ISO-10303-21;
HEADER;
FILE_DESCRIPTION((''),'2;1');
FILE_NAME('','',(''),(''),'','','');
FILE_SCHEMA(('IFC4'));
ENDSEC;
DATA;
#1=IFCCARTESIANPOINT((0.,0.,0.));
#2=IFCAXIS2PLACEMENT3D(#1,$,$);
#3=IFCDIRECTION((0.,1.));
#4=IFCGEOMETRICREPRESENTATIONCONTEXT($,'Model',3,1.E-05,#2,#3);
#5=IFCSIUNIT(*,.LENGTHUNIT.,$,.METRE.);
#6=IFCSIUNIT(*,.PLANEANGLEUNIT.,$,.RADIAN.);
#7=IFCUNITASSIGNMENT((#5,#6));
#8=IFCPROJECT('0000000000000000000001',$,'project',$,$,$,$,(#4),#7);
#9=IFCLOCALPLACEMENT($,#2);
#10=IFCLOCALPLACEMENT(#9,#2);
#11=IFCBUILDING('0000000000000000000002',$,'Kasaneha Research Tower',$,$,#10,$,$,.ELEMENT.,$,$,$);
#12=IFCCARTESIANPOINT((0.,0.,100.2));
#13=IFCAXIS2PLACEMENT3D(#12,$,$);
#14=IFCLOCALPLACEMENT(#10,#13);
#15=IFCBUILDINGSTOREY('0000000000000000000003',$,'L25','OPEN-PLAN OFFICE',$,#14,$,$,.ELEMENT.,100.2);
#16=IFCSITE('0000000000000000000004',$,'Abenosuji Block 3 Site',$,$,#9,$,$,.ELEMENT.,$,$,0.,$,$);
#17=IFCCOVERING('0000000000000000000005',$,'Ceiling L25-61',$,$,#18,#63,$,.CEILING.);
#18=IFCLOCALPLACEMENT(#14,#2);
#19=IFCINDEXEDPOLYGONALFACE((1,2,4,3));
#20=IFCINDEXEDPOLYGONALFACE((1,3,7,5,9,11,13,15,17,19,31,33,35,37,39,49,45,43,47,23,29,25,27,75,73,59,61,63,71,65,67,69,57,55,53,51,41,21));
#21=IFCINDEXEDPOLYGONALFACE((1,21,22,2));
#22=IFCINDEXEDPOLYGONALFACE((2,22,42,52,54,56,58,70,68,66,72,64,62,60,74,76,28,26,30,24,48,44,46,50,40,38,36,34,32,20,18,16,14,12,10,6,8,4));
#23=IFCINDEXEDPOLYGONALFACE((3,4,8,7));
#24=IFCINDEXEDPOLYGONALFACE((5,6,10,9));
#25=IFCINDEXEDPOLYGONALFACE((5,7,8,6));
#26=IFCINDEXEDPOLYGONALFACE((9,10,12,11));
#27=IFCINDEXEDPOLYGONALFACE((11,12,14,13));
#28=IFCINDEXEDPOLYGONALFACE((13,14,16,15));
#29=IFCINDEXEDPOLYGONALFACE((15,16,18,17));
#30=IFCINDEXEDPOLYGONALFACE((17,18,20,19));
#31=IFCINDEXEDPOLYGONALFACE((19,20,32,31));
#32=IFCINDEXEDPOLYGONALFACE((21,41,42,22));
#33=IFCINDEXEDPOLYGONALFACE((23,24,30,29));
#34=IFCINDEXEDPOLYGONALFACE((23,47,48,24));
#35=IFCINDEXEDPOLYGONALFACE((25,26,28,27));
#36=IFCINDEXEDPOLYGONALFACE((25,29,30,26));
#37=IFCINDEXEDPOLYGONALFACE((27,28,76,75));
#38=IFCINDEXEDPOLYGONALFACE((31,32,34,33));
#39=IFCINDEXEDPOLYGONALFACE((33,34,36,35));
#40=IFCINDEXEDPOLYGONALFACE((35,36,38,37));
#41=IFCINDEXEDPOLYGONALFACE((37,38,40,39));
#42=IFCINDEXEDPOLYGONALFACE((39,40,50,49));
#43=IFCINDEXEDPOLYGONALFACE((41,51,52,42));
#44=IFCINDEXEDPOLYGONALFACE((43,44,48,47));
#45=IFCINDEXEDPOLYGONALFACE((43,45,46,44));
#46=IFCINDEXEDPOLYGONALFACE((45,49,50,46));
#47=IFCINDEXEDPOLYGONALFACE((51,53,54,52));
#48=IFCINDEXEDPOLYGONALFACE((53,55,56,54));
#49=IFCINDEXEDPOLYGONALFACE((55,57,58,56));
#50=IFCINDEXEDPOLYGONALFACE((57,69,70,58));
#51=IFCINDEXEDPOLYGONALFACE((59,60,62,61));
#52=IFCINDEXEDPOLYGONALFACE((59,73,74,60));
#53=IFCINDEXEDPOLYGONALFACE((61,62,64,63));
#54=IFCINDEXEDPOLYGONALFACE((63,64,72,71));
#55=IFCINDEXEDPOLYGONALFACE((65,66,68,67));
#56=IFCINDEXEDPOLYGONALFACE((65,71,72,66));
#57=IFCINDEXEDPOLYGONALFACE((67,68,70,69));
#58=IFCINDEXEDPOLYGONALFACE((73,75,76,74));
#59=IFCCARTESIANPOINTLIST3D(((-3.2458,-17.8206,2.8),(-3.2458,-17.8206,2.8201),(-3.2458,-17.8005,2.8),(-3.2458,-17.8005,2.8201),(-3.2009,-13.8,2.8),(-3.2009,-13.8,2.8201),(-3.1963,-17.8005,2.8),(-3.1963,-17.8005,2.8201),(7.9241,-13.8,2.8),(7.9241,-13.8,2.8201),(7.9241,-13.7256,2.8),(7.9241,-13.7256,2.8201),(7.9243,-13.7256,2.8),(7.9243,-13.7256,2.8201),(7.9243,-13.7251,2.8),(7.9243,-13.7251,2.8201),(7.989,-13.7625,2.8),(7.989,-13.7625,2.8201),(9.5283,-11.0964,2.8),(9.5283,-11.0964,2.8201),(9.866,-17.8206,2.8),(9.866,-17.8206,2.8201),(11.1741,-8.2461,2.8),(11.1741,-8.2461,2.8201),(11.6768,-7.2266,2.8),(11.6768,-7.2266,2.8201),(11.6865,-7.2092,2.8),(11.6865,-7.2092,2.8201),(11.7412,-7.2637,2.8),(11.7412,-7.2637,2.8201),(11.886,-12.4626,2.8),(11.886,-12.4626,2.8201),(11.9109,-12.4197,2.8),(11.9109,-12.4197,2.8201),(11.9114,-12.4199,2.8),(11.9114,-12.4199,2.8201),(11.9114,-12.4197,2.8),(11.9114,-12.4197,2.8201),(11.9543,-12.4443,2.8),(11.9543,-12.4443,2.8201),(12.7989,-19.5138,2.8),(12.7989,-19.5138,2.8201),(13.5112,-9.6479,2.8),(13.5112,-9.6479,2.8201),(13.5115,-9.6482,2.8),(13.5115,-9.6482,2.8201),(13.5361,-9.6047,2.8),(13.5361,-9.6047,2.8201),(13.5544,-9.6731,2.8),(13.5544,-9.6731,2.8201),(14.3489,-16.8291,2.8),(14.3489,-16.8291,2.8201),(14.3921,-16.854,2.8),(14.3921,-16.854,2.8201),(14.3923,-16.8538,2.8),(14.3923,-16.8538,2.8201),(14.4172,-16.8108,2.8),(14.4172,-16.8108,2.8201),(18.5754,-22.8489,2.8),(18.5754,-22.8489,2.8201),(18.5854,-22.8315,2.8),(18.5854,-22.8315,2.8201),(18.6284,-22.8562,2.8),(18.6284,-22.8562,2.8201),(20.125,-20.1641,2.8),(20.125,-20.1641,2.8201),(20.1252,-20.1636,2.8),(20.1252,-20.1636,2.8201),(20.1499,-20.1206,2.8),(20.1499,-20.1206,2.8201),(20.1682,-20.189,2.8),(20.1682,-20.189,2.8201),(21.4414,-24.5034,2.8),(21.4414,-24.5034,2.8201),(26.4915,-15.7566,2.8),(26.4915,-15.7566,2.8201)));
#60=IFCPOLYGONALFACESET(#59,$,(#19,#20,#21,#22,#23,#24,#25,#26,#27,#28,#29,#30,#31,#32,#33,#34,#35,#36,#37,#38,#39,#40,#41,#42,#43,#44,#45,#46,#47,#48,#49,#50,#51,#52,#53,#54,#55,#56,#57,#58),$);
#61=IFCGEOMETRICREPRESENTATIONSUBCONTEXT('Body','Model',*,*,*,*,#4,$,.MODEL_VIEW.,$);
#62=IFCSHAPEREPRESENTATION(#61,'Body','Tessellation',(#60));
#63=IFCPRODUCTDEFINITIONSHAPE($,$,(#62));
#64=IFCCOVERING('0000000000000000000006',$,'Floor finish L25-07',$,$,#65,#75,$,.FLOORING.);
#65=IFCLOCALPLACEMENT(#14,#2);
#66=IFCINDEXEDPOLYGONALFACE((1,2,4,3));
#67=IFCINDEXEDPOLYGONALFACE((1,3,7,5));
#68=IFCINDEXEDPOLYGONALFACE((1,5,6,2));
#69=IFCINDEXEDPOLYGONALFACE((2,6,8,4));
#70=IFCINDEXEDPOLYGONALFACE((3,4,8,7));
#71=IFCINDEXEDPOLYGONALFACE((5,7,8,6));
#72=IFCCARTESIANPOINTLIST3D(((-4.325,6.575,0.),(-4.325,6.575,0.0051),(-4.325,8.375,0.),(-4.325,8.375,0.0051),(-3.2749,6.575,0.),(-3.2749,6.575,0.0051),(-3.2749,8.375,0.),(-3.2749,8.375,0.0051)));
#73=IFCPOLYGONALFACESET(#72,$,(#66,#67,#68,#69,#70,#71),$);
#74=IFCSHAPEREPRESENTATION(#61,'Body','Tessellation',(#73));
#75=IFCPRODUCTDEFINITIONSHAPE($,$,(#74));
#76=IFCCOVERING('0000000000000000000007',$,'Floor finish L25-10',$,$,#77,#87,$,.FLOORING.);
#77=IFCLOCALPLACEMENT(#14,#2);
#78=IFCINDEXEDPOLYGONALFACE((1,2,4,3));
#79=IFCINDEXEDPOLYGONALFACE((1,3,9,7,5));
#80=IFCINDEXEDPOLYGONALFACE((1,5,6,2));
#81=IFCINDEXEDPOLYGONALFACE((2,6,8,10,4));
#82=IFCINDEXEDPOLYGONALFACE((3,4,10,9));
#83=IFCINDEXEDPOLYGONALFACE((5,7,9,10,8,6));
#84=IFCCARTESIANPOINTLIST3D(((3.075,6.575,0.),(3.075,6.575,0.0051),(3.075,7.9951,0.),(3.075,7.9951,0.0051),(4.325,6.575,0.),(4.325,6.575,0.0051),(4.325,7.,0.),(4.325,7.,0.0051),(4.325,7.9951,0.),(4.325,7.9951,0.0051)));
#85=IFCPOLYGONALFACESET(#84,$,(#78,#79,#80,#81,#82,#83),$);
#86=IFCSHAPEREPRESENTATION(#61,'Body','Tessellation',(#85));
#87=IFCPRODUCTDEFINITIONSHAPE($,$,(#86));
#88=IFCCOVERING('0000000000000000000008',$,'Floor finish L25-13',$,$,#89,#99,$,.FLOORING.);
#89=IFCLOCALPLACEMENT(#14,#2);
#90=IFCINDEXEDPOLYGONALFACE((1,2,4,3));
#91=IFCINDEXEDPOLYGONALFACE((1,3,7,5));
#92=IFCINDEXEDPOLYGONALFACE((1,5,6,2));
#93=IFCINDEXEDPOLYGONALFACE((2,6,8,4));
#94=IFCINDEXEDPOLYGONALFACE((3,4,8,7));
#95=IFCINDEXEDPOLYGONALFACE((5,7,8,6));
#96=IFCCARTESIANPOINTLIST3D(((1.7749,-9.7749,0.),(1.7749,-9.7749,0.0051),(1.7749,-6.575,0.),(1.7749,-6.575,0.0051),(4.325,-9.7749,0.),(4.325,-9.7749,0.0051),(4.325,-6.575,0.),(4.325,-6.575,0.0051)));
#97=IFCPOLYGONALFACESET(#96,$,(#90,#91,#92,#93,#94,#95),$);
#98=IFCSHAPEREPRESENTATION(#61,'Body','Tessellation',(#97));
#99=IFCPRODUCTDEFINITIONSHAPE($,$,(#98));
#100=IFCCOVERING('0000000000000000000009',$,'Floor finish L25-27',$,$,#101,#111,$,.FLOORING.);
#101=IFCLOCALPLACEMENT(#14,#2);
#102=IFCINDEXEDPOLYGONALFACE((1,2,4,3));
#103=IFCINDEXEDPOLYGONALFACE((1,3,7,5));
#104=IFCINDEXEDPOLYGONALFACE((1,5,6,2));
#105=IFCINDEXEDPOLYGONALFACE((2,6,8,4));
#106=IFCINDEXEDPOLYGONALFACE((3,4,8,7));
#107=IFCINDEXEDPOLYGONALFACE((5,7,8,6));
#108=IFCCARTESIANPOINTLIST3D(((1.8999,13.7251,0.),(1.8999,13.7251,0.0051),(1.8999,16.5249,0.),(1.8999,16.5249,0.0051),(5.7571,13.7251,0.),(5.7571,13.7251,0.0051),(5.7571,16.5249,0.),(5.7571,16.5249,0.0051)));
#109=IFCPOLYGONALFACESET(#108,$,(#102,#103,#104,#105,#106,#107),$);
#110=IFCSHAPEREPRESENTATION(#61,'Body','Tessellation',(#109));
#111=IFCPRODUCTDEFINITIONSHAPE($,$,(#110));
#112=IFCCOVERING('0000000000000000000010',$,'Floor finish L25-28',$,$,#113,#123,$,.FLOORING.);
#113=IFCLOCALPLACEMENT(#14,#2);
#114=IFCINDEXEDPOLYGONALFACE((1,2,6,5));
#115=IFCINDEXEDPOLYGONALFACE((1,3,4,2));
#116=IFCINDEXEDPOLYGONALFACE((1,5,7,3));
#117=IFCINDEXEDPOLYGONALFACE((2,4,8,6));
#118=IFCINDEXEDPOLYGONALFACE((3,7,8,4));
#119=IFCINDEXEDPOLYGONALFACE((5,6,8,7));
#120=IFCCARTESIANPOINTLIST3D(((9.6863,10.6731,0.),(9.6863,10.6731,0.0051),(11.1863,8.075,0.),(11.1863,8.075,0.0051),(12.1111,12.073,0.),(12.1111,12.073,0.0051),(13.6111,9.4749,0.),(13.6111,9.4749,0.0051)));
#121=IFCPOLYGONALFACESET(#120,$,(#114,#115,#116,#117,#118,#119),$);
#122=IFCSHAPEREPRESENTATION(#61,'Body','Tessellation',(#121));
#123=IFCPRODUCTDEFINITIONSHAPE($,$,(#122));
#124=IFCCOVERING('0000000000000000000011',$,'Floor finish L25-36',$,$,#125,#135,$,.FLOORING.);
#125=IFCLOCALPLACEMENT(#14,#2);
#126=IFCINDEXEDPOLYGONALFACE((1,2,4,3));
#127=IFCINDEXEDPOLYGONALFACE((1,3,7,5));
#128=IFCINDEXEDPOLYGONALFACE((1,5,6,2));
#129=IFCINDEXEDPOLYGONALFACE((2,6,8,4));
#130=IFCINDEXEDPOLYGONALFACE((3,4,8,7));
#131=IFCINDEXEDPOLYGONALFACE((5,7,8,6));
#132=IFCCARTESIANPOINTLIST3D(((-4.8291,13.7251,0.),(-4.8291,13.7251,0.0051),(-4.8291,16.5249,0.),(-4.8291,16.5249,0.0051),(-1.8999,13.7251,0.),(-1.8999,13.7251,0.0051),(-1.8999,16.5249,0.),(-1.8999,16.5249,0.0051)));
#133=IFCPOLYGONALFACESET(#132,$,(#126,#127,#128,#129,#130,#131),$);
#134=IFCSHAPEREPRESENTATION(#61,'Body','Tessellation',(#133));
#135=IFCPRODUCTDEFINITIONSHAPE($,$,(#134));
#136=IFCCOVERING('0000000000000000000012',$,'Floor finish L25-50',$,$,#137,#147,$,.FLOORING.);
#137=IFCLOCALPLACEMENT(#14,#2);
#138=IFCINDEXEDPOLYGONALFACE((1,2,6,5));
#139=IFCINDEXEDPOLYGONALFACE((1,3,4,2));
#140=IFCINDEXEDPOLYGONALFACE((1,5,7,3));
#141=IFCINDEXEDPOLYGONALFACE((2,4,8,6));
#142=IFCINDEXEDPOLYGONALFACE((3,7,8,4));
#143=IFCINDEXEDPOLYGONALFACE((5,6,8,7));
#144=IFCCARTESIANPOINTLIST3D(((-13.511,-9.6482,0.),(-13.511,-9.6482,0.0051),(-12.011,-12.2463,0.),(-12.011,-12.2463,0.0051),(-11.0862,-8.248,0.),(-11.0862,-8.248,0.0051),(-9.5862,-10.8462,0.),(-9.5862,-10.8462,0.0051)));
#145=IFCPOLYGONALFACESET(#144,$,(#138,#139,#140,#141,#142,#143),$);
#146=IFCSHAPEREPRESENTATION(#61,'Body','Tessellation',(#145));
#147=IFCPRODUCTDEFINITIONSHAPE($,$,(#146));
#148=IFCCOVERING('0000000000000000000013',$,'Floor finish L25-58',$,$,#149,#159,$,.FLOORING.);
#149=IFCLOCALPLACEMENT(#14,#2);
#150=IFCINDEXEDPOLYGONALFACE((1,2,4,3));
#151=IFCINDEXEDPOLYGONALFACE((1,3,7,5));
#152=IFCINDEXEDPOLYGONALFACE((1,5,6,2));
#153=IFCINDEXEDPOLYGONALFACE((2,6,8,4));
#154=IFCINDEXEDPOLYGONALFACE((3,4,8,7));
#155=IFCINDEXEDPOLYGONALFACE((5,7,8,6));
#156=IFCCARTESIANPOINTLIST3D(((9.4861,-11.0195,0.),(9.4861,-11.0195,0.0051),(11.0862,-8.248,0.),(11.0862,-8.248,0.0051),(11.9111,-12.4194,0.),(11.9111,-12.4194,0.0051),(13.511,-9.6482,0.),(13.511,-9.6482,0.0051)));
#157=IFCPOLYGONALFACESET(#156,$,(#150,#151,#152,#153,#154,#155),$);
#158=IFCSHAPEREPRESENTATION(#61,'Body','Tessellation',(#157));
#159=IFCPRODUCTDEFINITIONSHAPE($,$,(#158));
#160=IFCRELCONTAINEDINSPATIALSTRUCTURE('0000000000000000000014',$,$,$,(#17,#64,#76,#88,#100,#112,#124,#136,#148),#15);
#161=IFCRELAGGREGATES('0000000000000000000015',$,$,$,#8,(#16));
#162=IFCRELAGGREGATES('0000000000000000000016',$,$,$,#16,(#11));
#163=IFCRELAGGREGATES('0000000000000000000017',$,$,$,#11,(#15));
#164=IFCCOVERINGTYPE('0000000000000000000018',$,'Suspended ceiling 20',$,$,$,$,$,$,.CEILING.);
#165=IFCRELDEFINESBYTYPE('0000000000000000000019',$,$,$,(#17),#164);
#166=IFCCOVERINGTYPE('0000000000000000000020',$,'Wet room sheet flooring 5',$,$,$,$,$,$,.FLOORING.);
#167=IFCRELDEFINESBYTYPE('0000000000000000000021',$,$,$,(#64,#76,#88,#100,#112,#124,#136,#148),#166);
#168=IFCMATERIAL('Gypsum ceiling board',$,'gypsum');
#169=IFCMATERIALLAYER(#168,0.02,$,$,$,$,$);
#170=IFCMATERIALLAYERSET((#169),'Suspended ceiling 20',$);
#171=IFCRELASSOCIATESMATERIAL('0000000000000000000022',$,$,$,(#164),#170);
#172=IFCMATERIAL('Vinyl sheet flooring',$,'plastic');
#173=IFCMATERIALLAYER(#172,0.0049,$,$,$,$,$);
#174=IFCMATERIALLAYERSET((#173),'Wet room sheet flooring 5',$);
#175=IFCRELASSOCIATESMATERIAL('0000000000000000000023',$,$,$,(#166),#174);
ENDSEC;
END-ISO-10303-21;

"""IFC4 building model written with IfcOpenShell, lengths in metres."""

from ifc_helpers import new_model, si_unit, direction, frame, origin, place, context, subcontext, project, spatial, polyline, outline, extrude, material, layer, layer_set, type_object, element, save


model = new_model("IFC4")

# Units and contexts
model_context = context("Model", 3, precision=1e-05, world=origin(), true_north=direction((0.0, 1.0)))
body_context = subcontext(model_context, "Body", "Model", "MODEL_VIEW")
ifc_project = project(units=[si_unit("LENGTHUNIT", "METRE"), si_unit("PLANEANGLEUNIT", "RADIAN")], contexts=[model_context])

# Site, building, storey
site_placement = place(None, origin())
site = spatial("IfcSite", under=ifc_project, at=site_placement, Name="Abenosuji Block 3 Site", CompositionType="ELEMENT", RefElevation=0.0)
building_placement = place(site_placement, origin())
building = spatial("IfcBuilding", under=site, at=building_placement, Name="Kasaneha Research Tower", CompositionType="ELEMENT")
storey_placement = place(building_placement, frame((0.0, 0.0, 100.2)))
storey = spatial("IfcBuildingStorey", under=building, at=storey_placement, Name="L25", Description="OPEN-PLAN OFFICE", CompositionType="ELEMENT", Elevation=100.2)

# Coverings
ifc_material_1 = material(Name="Gypsum ceiling board", Category="gypsum")
ifc_layer_1 = layer(ifc_material_1, 0.02)
ifc_layer_set_1 = layer_set([ifc_layer_1], Name="Suspended ceiling 20")
covering_type_1 = type_object("IfcCoveringType", Name="Suspended ceiling 20", PredefinedType="CEILING", material=ifc_layer_set_1)
covering_1_placement = place(storey_placement, frame((0.0, 0.0, 2.8)))
element("IfcCovering", 1, at=covering_1_placement, inside=storey, type_object=covering_type_1, Name="Ceiling L25-61", PredefinedType="CEILING", context=body_context, shape_type="SweptSolid", body=[
    extrude(outline(polyline([(7.9243, -13.7256), (7.9243, -13.7251), (7.989, -13.7625), (9.5283, -11.0964), (11.886, -12.4626), (11.9109, -12.4197), (11.9114, -12.4199), (11.9114, -12.4197), (11.9543, -12.4443), (13.5544, -9.6731), (13.5115, -9.6482), (13.5115, -9.6482), (13.5112, -9.6479), (13.5361, -9.6047), (11.1741, -8.2461), (11.7412, -7.2637), (11.6768, -7.2266), (11.6865, -7.2092), (26.4915, -15.7566), (21.4414, -24.5034), (18.5754, -22.8489), (18.5854, -22.8315), (18.6284, -22.8562), (20.1682, -20.189), (20.125, -20.1641), (20.1252, -20.1636), (20.1252, -20.1636), (20.1499, -20.1206), (14.4172, -16.8108), (14.3923, -16.8538), (14.3923, -16.8538), (14.3921, -16.854), (14.3489, -16.8291), (12.7988, -19.5139), (12.8418, -19.5386), (12.8418, -19.5386), (9.866, -17.8206), (-3.2458, -17.8206), (-3.2458, -17.8005), (-3.1963, -17.8005), (-3.2009, -13.8), (7.9241, -13.8), (7.9241, -13.7256), (7.9243, -13.7256)])), origin(), (0.0, 0.0, 1.0), 0.02),
])
ifc_material_2 = material(Name="Vinyl sheet flooring", Category="plastic")
ifc_layer_2 = layer(ifc_material_2, 0.0049)
ifc_layer_set_2 = layer_set([ifc_layer_2], Name="Wet room sheet flooring 5")
covering_type_2 = type_object("IfcCoveringType", Name="Wet room sheet flooring 5", PredefinedType="FLOORING", material=ifc_layer_set_2)
covering_2_placement = place(storey_placement, origin())
element("IfcCovering", 2, at=covering_2_placement, inside=storey, type_object=covering_type_2, Name="Floor finish L25-07", PredefinedType="FLOORING", context=body_context, shape_type="SweptSolid", body=[
    extrude(outline(polyline([(-4.325, 6.575), (-4.325, 8.375), (-3.2749, 8.375), (-3.2749, 6.575), (-4.325, 6.575)])), origin(), (0.0, 0.0, 1.0), 0.0051),
])
covering_3_placement = place(storey_placement, origin())
element("IfcCovering", 3, at=covering_3_placement, inside=storey, type_object=covering_type_2, Name="Floor finish L25-10", PredefinedType="FLOORING", context=body_context, shape_type="SweptSolid", body=[
    extrude(outline(polyline([(3.075, 6.575), (3.075, 7.9951), (4.325, 7.9951), (4.325, 7.0), (4.325, 6.575), (3.075, 6.575)])), origin(), (0.0, 0.0, 1.0), 0.0051),
])
covering_4_placement = place(storey_placement, origin())
element("IfcCovering", 4, at=covering_4_placement, inside=storey, type_object=covering_type_2, Name="Floor finish L25-13", PredefinedType="FLOORING", context=body_context, shape_type="SweptSolid", body=[
    extrude(outline(polyline([(1.7749, -9.7749), (1.7749, -6.575), (4.325, -6.575), (4.325, -9.7749), (1.7749, -9.7749)])), origin(), (0.0, 0.0, 1.0), 0.0051),
])
covering_5_placement = place(storey_placement, origin())
element("IfcCovering", 5, at=covering_5_placement, inside=storey, type_object=covering_type_2, Name="Floor finish L25-27", PredefinedType="FLOORING", context=body_context, shape_type="SweptSolid", body=[
    extrude(outline(polyline([(1.8999, 16.5249), (5.7571, 16.5249), (5.7571, 13.7251), (1.8999, 13.7251), (1.8999, 16.5249)])), origin(), (0.0, 0.0, 1.0), 0.0051),
])
covering_6_placement = place(storey_placement, origin())
element("IfcCovering", 6, at=covering_6_placement, inside=storey, type_object=covering_type_2, Name="Floor finish L25-28", PredefinedType="FLOORING", context=body_context, shape_type="SweptSolid", body=[
    extrude(outline(polyline([(12.1111, 12.073), (13.6111, 9.4749), (11.1863, 8.075), (9.6863, 10.6731), (12.1111, 12.073)])), origin(), (0.0, 0.0, 1.0), 0.0051),
])
covering_7_placement = place(storey_placement, origin())
element("IfcCovering", 7, at=covering_7_placement, inside=storey, type_object=covering_type_2, Name="Floor finish L25-36", PredefinedType="FLOORING", context=body_context, shape_type="SweptSolid", body=[
    extrude(outline(polyline([(-4.8291, 16.5249), (-1.8999, 16.5249), (-1.8999, 13.7251), (-4.8291, 13.7251), (-4.8291, 16.5249)])), origin(), (0.0, 0.0, 1.0), 0.0051),
])
covering_8_placement = place(storey_placement, origin())
element("IfcCovering", 8, at=covering_8_placement, inside=storey, type_object=covering_type_2, Name="Floor finish L25-50", PredefinedType="FLOORING", context=body_context, shape_type="SweptSolid", body=[
    extrude(outline(polyline([(-12.011, -12.2463), (-13.511, -9.6482), (-11.0862, -8.248), (-9.5862, -10.8462), (-12.011, -12.2463)])), origin(), (0.0, 0.0, 1.0), 0.0051),
])
covering_9_placement = place(storey_placement, origin())
element("IfcCovering", 9, at=covering_9_placement, inside=storey, type_object=covering_type_2, Name="Floor finish L25-58", PredefinedType="FLOORING", context=body_context, shape_type="SweptSolid", body=[
    extrude(outline(polyline([(13.511, -9.6482), (11.9111, -12.4194), (9.4861, -11.0195), (11.0862, -8.248), (13.511, -9.6482)])), origin(), (0.0, 0.0, 1.0), 0.0051),
])

save(model, "model.ifc")
